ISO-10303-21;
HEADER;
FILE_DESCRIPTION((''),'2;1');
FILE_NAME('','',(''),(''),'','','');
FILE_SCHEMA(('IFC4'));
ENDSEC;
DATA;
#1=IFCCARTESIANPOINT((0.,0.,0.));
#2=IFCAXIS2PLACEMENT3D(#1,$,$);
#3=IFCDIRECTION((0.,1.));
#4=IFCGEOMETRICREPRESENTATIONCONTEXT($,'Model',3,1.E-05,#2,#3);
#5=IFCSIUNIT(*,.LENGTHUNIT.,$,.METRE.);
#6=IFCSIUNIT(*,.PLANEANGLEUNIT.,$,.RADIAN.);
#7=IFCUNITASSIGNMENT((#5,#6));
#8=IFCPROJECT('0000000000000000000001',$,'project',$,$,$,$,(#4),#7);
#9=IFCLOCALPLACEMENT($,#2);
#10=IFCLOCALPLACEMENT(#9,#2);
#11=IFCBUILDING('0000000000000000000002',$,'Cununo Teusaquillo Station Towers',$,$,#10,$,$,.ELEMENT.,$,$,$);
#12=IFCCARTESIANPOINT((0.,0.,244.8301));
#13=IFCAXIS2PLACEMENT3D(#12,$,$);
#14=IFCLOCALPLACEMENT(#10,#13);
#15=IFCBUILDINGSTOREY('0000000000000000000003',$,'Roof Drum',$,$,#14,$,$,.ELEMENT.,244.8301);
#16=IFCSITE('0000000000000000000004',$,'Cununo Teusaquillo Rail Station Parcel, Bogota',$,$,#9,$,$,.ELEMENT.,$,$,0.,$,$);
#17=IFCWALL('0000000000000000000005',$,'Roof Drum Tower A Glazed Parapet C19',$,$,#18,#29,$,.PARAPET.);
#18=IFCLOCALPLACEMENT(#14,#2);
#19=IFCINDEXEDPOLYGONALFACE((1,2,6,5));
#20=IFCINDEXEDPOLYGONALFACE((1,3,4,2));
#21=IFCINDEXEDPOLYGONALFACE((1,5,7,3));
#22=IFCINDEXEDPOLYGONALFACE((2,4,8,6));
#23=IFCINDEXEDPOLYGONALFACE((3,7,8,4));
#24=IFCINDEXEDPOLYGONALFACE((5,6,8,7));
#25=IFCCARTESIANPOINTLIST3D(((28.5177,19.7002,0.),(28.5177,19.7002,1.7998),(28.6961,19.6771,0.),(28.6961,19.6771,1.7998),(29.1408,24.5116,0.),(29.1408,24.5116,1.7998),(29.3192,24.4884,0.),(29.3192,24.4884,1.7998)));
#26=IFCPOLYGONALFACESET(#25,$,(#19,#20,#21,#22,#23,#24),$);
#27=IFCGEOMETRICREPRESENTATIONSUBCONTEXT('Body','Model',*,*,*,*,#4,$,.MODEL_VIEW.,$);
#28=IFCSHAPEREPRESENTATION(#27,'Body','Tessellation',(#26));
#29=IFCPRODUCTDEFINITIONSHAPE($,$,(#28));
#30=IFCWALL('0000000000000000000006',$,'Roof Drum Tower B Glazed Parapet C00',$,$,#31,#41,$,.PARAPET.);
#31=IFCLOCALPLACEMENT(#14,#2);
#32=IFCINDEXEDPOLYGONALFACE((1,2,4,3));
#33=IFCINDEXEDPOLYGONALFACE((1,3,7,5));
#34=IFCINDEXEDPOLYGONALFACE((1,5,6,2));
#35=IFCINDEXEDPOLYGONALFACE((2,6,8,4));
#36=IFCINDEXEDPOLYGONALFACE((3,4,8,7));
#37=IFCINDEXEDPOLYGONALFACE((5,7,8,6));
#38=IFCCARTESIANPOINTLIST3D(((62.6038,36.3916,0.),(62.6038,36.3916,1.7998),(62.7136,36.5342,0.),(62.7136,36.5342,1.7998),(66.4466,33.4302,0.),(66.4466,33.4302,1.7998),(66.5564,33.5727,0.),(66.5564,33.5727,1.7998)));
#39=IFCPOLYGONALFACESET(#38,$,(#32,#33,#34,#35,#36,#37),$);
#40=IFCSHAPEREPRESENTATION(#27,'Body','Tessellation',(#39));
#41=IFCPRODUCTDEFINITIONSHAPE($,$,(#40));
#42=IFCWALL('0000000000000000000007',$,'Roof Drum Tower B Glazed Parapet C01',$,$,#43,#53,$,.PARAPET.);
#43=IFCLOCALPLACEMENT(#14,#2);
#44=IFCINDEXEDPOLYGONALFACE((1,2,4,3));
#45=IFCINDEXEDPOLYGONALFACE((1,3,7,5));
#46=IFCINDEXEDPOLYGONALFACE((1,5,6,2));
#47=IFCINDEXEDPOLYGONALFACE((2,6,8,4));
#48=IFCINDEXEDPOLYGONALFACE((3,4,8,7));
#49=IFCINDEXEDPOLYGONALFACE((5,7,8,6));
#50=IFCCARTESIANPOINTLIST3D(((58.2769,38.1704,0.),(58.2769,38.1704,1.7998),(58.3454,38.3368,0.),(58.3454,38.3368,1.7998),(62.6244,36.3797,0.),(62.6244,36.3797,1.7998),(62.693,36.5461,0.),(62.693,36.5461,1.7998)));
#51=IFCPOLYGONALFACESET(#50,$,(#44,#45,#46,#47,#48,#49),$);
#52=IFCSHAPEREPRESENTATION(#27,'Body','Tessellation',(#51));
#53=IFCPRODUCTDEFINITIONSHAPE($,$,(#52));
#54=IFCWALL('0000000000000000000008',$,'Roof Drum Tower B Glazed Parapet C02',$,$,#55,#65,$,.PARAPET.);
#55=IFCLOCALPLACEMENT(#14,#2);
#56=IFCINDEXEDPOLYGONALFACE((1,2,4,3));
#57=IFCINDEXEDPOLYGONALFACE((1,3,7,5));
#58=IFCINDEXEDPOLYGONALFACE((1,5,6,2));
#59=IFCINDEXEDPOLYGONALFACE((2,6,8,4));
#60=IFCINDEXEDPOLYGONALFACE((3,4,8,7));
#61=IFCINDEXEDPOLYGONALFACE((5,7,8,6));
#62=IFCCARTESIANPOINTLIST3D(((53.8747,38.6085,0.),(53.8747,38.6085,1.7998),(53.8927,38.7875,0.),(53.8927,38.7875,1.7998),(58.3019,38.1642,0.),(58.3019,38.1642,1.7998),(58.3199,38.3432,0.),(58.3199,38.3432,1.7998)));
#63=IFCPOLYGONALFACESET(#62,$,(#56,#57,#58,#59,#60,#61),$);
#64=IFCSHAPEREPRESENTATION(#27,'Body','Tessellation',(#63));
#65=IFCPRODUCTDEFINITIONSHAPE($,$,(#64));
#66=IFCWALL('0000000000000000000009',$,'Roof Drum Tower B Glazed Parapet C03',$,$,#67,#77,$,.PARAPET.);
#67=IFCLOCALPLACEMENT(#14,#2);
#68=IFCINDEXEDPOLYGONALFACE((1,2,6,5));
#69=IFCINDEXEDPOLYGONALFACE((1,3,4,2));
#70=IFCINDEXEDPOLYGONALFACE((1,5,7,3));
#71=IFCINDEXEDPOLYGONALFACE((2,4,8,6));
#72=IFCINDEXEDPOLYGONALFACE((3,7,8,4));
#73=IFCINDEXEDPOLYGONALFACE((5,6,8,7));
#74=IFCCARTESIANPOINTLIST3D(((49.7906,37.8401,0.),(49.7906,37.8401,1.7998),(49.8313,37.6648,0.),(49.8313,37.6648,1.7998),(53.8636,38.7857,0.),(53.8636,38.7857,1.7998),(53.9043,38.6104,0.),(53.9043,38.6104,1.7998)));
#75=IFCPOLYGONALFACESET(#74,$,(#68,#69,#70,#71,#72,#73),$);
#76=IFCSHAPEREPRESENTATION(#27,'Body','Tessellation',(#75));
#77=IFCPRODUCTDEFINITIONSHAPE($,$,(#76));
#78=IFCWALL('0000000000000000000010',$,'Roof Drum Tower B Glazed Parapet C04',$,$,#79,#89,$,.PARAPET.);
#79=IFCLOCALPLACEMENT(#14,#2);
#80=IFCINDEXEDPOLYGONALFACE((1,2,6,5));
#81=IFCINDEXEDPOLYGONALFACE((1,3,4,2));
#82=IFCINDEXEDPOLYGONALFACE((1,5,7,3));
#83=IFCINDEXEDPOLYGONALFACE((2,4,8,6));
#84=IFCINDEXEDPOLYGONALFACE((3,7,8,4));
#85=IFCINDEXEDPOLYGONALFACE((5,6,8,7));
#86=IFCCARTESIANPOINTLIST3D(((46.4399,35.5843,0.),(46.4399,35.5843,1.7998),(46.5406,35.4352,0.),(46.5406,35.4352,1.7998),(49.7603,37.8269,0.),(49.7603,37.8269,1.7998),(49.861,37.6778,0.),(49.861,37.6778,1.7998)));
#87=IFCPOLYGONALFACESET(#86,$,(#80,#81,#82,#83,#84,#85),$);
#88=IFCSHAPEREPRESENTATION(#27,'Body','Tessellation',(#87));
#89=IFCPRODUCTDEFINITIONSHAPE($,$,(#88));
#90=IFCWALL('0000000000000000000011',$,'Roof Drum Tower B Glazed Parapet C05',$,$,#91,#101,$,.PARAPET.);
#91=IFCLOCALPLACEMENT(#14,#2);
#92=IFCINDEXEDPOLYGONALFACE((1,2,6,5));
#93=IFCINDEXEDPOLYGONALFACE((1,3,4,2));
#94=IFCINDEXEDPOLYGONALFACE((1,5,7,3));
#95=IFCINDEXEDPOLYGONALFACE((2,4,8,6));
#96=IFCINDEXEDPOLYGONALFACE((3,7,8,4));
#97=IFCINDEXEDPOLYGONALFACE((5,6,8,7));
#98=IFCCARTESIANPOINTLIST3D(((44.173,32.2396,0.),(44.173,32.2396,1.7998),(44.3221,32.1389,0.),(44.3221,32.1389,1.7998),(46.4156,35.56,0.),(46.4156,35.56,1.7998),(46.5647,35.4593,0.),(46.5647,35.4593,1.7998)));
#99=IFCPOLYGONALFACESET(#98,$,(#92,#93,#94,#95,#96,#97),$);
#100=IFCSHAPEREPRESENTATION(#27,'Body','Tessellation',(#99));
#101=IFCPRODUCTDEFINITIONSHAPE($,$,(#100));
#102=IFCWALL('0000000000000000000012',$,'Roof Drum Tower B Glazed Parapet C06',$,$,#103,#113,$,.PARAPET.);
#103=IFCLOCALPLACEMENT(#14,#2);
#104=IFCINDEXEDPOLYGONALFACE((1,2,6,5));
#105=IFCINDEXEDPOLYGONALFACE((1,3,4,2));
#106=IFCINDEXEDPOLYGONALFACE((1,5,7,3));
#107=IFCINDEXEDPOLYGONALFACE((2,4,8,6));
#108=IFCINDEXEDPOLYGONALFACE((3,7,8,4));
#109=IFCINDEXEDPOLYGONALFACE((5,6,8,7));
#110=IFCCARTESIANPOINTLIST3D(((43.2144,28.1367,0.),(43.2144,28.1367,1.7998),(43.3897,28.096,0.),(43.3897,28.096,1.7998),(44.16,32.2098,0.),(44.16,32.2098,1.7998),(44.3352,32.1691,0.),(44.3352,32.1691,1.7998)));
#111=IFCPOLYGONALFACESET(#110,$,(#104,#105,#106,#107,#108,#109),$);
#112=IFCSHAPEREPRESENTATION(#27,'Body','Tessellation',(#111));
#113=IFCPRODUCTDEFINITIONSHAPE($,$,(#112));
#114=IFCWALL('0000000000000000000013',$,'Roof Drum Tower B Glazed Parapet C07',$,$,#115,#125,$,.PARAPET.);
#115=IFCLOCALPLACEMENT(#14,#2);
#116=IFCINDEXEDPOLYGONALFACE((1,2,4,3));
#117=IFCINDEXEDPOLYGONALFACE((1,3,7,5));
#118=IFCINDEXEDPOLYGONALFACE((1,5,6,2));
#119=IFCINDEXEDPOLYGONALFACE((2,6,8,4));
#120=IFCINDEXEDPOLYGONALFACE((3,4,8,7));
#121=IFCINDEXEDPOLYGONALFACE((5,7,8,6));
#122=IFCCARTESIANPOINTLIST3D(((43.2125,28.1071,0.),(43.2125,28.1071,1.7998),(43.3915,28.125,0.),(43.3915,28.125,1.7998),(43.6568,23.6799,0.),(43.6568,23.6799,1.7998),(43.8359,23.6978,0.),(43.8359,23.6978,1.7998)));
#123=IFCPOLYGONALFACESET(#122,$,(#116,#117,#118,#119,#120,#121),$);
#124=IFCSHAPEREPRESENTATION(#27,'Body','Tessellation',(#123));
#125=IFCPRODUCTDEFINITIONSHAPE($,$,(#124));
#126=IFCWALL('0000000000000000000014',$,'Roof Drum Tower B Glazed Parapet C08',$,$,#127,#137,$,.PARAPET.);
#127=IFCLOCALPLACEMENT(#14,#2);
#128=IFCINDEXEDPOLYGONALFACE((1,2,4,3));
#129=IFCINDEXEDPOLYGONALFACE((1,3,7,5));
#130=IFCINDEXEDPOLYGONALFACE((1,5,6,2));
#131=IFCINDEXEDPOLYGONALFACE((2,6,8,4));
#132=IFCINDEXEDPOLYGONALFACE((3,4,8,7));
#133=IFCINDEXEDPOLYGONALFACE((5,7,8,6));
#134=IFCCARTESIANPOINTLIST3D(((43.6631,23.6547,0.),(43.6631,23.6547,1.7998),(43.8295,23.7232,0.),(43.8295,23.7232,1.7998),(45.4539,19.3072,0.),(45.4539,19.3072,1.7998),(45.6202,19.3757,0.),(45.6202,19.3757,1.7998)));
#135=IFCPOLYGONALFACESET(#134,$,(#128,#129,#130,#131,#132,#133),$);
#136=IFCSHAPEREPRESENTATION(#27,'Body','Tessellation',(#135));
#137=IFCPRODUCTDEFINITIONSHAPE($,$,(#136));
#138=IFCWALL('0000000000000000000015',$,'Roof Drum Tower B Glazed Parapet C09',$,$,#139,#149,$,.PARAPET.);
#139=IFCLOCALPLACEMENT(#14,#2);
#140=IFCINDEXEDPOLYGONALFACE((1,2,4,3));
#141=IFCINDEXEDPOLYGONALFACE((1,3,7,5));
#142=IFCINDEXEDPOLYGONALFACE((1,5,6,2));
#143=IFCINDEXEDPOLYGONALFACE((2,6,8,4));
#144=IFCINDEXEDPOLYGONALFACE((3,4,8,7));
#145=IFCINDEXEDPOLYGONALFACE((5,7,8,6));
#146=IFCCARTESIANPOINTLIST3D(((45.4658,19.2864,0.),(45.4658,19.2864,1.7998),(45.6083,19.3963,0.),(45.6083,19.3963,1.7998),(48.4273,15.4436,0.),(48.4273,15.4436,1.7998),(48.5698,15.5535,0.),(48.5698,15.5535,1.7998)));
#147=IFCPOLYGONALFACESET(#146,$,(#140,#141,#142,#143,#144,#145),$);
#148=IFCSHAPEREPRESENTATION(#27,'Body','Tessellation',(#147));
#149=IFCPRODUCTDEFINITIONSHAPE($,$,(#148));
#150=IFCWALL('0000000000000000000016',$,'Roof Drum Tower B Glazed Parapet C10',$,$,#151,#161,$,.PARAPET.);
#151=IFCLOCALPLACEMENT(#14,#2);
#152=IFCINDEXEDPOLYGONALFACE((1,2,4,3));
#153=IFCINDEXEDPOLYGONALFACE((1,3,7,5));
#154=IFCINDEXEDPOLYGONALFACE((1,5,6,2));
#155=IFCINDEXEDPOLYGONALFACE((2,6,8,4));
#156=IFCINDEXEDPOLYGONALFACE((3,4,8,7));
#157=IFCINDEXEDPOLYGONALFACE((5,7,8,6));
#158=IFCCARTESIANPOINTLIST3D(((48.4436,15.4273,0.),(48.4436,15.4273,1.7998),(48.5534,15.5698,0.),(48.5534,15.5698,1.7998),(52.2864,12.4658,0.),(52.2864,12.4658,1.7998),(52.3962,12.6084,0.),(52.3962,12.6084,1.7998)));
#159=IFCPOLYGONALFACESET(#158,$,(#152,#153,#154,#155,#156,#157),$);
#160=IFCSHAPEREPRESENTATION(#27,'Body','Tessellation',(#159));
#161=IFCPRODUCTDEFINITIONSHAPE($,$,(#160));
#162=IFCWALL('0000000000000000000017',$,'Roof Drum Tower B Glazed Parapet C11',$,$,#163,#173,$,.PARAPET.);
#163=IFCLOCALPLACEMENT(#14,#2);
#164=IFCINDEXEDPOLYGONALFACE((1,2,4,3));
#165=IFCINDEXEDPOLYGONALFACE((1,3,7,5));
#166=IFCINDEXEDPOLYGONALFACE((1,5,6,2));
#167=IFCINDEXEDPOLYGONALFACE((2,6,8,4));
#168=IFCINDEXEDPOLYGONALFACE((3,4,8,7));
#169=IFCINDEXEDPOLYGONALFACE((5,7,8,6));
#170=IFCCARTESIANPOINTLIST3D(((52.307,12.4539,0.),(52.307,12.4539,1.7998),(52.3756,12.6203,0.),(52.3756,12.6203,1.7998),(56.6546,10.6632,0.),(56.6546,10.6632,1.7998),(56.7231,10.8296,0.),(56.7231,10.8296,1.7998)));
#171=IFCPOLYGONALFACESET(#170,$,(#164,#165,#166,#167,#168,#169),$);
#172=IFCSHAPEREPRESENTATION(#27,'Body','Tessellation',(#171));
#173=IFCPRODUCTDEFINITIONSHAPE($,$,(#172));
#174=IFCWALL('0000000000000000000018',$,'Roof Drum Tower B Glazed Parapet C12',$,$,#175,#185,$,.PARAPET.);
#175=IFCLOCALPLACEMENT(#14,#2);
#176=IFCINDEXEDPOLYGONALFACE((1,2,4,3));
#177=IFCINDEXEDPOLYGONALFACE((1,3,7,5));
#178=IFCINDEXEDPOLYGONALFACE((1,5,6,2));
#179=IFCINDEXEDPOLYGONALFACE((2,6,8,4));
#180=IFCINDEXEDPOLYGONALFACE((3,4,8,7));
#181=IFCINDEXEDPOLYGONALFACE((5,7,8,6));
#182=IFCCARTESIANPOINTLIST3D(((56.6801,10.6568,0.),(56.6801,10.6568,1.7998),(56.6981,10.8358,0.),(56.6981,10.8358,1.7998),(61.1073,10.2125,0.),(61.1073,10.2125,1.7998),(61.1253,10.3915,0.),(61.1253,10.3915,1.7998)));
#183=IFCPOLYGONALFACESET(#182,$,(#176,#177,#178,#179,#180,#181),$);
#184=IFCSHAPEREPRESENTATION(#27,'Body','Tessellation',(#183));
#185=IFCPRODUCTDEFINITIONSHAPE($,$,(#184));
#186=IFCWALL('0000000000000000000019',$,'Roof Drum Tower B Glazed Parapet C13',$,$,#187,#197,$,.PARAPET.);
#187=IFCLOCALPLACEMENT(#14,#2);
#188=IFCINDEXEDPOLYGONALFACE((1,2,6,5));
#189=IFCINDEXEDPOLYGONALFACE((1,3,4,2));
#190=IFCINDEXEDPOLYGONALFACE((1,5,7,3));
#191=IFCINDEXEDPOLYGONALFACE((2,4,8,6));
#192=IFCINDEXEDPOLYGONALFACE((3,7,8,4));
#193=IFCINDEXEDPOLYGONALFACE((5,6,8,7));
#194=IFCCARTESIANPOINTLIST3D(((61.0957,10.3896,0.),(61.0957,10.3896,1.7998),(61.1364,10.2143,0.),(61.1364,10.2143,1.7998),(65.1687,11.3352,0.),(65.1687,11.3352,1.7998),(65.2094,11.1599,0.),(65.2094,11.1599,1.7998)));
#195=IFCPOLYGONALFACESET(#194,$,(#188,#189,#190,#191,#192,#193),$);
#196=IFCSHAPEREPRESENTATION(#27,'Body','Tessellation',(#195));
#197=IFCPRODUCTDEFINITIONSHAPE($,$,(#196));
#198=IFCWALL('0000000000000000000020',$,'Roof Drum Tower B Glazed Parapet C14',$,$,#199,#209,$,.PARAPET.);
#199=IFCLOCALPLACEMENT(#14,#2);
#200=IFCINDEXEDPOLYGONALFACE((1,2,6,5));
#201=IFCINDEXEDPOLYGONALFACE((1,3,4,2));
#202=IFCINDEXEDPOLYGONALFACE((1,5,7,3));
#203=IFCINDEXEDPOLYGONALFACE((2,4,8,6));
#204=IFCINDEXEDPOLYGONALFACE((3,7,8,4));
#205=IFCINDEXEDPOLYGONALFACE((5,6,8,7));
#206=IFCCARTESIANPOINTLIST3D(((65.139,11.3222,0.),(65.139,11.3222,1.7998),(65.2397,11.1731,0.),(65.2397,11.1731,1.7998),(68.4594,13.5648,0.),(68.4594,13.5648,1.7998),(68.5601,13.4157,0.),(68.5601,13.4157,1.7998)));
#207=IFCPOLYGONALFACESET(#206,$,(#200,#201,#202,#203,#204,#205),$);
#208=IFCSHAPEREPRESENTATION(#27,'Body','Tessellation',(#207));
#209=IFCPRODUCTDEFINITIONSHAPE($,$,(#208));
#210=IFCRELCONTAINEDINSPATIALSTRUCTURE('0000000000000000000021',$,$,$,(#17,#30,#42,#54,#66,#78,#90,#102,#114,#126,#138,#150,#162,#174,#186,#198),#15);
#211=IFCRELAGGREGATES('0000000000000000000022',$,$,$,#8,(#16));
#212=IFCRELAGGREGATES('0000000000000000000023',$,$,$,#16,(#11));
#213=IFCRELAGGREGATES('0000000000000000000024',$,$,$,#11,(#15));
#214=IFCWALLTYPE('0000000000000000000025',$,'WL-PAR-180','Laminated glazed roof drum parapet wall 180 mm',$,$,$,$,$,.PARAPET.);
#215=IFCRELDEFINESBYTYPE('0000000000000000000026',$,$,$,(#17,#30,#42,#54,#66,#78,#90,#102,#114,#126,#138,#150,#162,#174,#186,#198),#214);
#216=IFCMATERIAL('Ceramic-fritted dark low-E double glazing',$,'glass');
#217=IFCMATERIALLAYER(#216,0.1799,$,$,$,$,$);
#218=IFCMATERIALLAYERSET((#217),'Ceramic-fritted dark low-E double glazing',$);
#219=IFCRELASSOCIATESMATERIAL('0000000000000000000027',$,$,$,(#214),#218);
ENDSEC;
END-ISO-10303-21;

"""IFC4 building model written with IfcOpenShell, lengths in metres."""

from ifc_helpers import new_model, si_unit, direction, frame, frame_2d, origin, place, context, subcontext, project, spatial, rectangle, extrude, material, layer, layer_set, type_object, element, save


model = new_model("IFC4")

# Units and contexts
model_context = context("Model", 3, precision=1e-05, world=origin(), true_north=direction((0.0, 1.0)))
body_context = subcontext(model_context, "Body", "Model", "MODEL_VIEW")
ifc_project = project(units=[si_unit("LENGTHUNIT", "METRE"), si_unit("PLANEANGLEUNIT", "RADIAN")], contexts=[model_context])

# Site, building, storey
site_placement = place(None, origin())
site = spatial("IfcSite", under=ifc_project, at=site_placement, Name="Cununo Teusaquillo Rail Station Parcel, Bogota", CompositionType="ELEMENT", RefElevation=0.0)
building_placement = place(site_placement, origin())
building = spatial("IfcBuilding", under=site, at=building_placement, Name="Cununo Teusaquillo Station Towers", CompositionType="ELEMENT")
storey_placement = place(building_placement, frame((0.0, 0.0, 244.8301)))
storey = spatial("IfcBuildingStorey", under=building, at=storey_placement, Name="Roof Drum", CompositionType="ELEMENT", Elevation=244.8301)

# Walls
ifc_material_1 = material(Name="Ceramic-fritted dark low-E double glazing", Category="glass")
ifc_layer_1 = layer(ifc_material_1, 0.1799)
ifc_layer_set_1 = layer_set([ifc_layer_1], Name="Ceramic-fritted dark low-E double glazing")
wall_type = type_object("IfcWallType", Name="WL-PAR-180", Description="Laminated glazed roof drum parapet wall 180 mm", PredefinedType="PARAPET", material=ifc_layer_set_1)
for number, where, z_axis, x_axis, name in (
    (1, (29.23, 24.5, 0.0), (0.0, 0.0, 1.0), (-0.128425, -0.991719, 0.0), "Roof Drum Tower A Glazed Parapet C19"),
    (2, (62.6587, 36.4629, 0.0), (0.0, 0.0, 1.0), (0.792081, -0.610416, 0.0), "Roof Drum Tower B Glazed Parapet C00"),
):
    element("IfcWall", number, at=place(storey_placement, frame(where, z_axis=z_axis, x_axis=x_axis)), inside=storey, type_object=wall_type, Name=name, PredefinedType="PARAPET", context=body_context, shape_type="SweptSolid", body=[
        extrude(rectangle(XDim=4.8516, YDim=0.1799, at=frame_2d((2.4258, 0.0))), origin(), (0.0, 0.0, 1.0), 1.7998),
    ])
wall_1_placement = place(storey_placement, frame((58.311, 38.2537, 0.0), z_axis=(0.0, 0.0, 1.0), x_axis=(0.924636, -0.380852, 0.0)))
element("IfcWall", 3, at=wall_1_placement, inside=storey, type_object=wall_type, Name="Roof Drum Tower B Glazed Parapet C01", PredefinedType="PARAPET", context=body_context, shape_type="SweptSolid", body=[
    extrude(rectangle(XDim=4.7019, YDim=0.1799, at=frame_2d((2.3511, 0.0))), origin(), (0.0, 0.0, 1.0), 1.7998),
])
wall_2_placement = place(storey_placement, frame((53.8838, 38.698, 0.0), z_axis=(0.0, 0.0, 1.0), x_axis=(0.995001, -0.099862, 0.0)))
element("IfcWall", 4, at=wall_2_placement, inside=storey, type_object=wall_type, Name="Roof Drum Tower B Glazed Parapet C02", PredefinedType="PARAPET", context=body_context, shape_type="SweptSolid", body=[
    extrude(rectangle(XDim=4.4495, YDim=0.1799, at=frame_2d((2.2246, 0.0))), origin(), (0.0, 0.0, 1.0), 1.7998),
])
wall_3_placement = place(storey_placement, frame((49.8108, 37.7524, 0.0), z_axis=(0.0, 0.0, 1.0), x_axis=(0.974095, 0.226139, 0.0)))
element("IfcWall", 5, at=wall_3_placement, inside=storey, type_object=wall_type, Name="Roof Drum Tower B Glazed Parapet C03", PredefinedType="PARAPET", context=body_context, shape_type="SweptSolid", body=[
    extrude(rectangle(XDim=4.1814, YDim=0.1799, at=frame_2d((2.0908, 0.0))), origin(), (0.0, 0.0, 1.0), 1.7998),
])
for number, where, z_axis, x_axis, name in (
    (6, (46.4902, 35.5098, 0.0), (0.0, 0.0, 1.0), (0.828698, 0.559696, 0.0), "Roof Drum Tower B Glazed Parapet C04"),
    (7, (44.2476, 32.1892, 0.0), (0.0, 0.0, 1.0), (0.559696, 0.828698, 0.0), "Roof Drum Tower B Glazed Parapet C05"),
):
    element("IfcWall", number, at=place(storey_placement, frame(where, z_axis=z_axis, x_axis=x_axis)), inside=storey, type_object=wall_type, Name=name, PredefinedType="PARAPET", context=body_context, shape_type="SweptSolid", body=[
        extrude(rectangle(XDim=4.0068, YDim=0.1799, at=frame_2d((2.0034, 0.0))), origin(), (0.0, 0.0, 1.0), 1.7998),
    ])
wall_4_placement = place(storey_placement, frame((43.302, 28.1162, 0.0), z_axis=(0.0, 0.0, 1.0), x_axis=(0.226139, 0.974095, 0.0)))
element("IfcWall", 8, at=wall_4_placement, inside=storey, type_object=wall_type, Name="Roof Drum Tower B Glazed Parapet C06", PredefinedType="PARAPET", context=body_context, shape_type="SweptSolid", body=[
    extrude(rectangle(XDim=4.1814, YDim=0.1799, at=frame_2d((2.0908, 0.0))), origin(), (0.0, 0.0, 1.0), 1.7998),
])
wall_5_placement = place(storey_placement, frame((43.7463, 23.689, 0.0), z_axis=(0.0, 0.0, 1.0), x_axis=(-0.099862, 0.995001, 0.0)))
element("IfcWall", 9, at=wall_5_placement, inside=storey, type_object=wall_type, Name="Roof Drum Tower B Glazed Parapet C07", PredefinedType="PARAPET", context=body_context, shape_type="SweptSolid", body=[
    extrude(rectangle(XDim=4.4495, YDim=0.1799, at=frame_2d((2.2246, 0.0))), origin(), (0.0, 0.0, 1.0), 1.7998),
])
wall_6_placement = place(storey_placement, frame((45.5371, 19.3413, 0.0), z_axis=(0.0, 0.0, 1.0), x_axis=(-0.380852, 0.924636, 0.0)))
element("IfcWall", 10, at=wall_6_placement, inside=storey, type_object=wall_type, Name="Roof Drum Tower B Glazed Parapet C08", PredefinedType="PARAPET", context=body_context, shape_type="SweptSolid", body=[
    extrude(rectangle(XDim=4.7019, YDim=0.1799, at=frame_2d((2.3511, 0.0))), origin(), (0.0, 0.0, 1.0), 1.7998),
])
for number, where, z_axis, x_axis, name in (
    (11, (48.4985, 15.4985, 0.0), (0.0, 0.0, 1.0), (-0.610416, 0.792081, 0.0), "Roof Drum Tower B Glazed Parapet C09"),
    (12, (52.3413, 12.5371, 0.0), (0.0, 0.0, 1.0), (-0.792081, 0.610416, 0.0), "Roof Drum Tower B Glazed Parapet C10"),
):
    element("IfcWall", number, at=place(storey_placement, frame(where, z_axis=z_axis, x_axis=x_axis)), inside=storey, type_object=wall_type, Name=name, PredefinedType="PARAPET", context=body_context, shape_type="SweptSolid", body=[
        extrude(rectangle(XDim=4.8516, YDim=0.1799, at=frame_2d((2.4258, 0.0))), origin(), (0.0, 0.0, 1.0), 1.7998),
    ])
wall_7_placement = place(storey_placement, frame((56.689, 10.7463, 0.0), z_axis=(0.0, 0.0, 1.0), x_axis=(-0.924636, 0.380852, 0.0)))
element("IfcWall", 13, at=wall_7_placement, inside=storey, type_object=wall_type, Name="Roof Drum Tower B Glazed Parapet C11", PredefinedType="PARAPET", context=body_context, shape_type="SweptSolid", body=[
    extrude(rectangle(XDim=4.7019, YDim=0.1799, at=frame_2d((2.3511, 0.0))), origin(), (0.0, 0.0, 1.0), 1.7998),
])
wall_8_placement = place(storey_placement, frame((61.1162, 10.302, 0.0), z_axis=(0.0, 0.0, 1.0), x_axis=(-0.995001, 0.099862, 0.0)))
element("IfcWall", 14, at=wall_8_placement, inside=storey, type_object=wall_type, Name="Roof Drum Tower B Glazed Parapet C12", PredefinedType="PARAPET", context=body_context, shape_type="SweptSolid", body=[
    extrude(rectangle(XDim=4.4495, YDim=0.1799, at=frame_2d((2.2246, 0.0))), origin(), (0.0, 0.0, 1.0), 1.7998),
])
wall_9_placement = place(storey_placement, frame((65.1892, 11.2476, 0.0), z_axis=(0.0, 0.0, 1.0), x_axis=(-0.974095, -0.226139, 0.0)))
element("IfcWall", 15, at=wall_9_placement, inside=storey, type_object=wall_type, Name="Roof Drum Tower B Glazed Parapet C13", PredefinedType="PARAPET", context=body_context, shape_type="SweptSolid", body=[
    extrude(rectangle(XDim=4.1814, YDim=0.1799, at=frame_2d((2.0908, 0.0))), origin(), (0.0, 0.0, 1.0), 1.7998),
])
for number, where, z_axis, x_axis, name in (
    (16, (68.5098, 13.4902, 0.0), (0.0, 0.0, 1.0), (-0.828698, -0.559696, 0.0), "Roof Drum Tower B Glazed Parapet C14"),
):
    element("IfcWall", number, at=place(storey_placement, frame(where, z_axis=z_axis, x_axis=x_axis)), inside=storey, type_object=wall_type, Name=name, PredefinedType="PARAPET", context=body_context, shape_type="SweptSolid", body=[
        extrude(rectangle(XDim=4.0068, YDim=0.1799, at=frame_2d((2.0034, 0.0))), origin(), (0.0, 0.0, 1.0), 1.7998),
    ])

save(model, "model.ifc")
